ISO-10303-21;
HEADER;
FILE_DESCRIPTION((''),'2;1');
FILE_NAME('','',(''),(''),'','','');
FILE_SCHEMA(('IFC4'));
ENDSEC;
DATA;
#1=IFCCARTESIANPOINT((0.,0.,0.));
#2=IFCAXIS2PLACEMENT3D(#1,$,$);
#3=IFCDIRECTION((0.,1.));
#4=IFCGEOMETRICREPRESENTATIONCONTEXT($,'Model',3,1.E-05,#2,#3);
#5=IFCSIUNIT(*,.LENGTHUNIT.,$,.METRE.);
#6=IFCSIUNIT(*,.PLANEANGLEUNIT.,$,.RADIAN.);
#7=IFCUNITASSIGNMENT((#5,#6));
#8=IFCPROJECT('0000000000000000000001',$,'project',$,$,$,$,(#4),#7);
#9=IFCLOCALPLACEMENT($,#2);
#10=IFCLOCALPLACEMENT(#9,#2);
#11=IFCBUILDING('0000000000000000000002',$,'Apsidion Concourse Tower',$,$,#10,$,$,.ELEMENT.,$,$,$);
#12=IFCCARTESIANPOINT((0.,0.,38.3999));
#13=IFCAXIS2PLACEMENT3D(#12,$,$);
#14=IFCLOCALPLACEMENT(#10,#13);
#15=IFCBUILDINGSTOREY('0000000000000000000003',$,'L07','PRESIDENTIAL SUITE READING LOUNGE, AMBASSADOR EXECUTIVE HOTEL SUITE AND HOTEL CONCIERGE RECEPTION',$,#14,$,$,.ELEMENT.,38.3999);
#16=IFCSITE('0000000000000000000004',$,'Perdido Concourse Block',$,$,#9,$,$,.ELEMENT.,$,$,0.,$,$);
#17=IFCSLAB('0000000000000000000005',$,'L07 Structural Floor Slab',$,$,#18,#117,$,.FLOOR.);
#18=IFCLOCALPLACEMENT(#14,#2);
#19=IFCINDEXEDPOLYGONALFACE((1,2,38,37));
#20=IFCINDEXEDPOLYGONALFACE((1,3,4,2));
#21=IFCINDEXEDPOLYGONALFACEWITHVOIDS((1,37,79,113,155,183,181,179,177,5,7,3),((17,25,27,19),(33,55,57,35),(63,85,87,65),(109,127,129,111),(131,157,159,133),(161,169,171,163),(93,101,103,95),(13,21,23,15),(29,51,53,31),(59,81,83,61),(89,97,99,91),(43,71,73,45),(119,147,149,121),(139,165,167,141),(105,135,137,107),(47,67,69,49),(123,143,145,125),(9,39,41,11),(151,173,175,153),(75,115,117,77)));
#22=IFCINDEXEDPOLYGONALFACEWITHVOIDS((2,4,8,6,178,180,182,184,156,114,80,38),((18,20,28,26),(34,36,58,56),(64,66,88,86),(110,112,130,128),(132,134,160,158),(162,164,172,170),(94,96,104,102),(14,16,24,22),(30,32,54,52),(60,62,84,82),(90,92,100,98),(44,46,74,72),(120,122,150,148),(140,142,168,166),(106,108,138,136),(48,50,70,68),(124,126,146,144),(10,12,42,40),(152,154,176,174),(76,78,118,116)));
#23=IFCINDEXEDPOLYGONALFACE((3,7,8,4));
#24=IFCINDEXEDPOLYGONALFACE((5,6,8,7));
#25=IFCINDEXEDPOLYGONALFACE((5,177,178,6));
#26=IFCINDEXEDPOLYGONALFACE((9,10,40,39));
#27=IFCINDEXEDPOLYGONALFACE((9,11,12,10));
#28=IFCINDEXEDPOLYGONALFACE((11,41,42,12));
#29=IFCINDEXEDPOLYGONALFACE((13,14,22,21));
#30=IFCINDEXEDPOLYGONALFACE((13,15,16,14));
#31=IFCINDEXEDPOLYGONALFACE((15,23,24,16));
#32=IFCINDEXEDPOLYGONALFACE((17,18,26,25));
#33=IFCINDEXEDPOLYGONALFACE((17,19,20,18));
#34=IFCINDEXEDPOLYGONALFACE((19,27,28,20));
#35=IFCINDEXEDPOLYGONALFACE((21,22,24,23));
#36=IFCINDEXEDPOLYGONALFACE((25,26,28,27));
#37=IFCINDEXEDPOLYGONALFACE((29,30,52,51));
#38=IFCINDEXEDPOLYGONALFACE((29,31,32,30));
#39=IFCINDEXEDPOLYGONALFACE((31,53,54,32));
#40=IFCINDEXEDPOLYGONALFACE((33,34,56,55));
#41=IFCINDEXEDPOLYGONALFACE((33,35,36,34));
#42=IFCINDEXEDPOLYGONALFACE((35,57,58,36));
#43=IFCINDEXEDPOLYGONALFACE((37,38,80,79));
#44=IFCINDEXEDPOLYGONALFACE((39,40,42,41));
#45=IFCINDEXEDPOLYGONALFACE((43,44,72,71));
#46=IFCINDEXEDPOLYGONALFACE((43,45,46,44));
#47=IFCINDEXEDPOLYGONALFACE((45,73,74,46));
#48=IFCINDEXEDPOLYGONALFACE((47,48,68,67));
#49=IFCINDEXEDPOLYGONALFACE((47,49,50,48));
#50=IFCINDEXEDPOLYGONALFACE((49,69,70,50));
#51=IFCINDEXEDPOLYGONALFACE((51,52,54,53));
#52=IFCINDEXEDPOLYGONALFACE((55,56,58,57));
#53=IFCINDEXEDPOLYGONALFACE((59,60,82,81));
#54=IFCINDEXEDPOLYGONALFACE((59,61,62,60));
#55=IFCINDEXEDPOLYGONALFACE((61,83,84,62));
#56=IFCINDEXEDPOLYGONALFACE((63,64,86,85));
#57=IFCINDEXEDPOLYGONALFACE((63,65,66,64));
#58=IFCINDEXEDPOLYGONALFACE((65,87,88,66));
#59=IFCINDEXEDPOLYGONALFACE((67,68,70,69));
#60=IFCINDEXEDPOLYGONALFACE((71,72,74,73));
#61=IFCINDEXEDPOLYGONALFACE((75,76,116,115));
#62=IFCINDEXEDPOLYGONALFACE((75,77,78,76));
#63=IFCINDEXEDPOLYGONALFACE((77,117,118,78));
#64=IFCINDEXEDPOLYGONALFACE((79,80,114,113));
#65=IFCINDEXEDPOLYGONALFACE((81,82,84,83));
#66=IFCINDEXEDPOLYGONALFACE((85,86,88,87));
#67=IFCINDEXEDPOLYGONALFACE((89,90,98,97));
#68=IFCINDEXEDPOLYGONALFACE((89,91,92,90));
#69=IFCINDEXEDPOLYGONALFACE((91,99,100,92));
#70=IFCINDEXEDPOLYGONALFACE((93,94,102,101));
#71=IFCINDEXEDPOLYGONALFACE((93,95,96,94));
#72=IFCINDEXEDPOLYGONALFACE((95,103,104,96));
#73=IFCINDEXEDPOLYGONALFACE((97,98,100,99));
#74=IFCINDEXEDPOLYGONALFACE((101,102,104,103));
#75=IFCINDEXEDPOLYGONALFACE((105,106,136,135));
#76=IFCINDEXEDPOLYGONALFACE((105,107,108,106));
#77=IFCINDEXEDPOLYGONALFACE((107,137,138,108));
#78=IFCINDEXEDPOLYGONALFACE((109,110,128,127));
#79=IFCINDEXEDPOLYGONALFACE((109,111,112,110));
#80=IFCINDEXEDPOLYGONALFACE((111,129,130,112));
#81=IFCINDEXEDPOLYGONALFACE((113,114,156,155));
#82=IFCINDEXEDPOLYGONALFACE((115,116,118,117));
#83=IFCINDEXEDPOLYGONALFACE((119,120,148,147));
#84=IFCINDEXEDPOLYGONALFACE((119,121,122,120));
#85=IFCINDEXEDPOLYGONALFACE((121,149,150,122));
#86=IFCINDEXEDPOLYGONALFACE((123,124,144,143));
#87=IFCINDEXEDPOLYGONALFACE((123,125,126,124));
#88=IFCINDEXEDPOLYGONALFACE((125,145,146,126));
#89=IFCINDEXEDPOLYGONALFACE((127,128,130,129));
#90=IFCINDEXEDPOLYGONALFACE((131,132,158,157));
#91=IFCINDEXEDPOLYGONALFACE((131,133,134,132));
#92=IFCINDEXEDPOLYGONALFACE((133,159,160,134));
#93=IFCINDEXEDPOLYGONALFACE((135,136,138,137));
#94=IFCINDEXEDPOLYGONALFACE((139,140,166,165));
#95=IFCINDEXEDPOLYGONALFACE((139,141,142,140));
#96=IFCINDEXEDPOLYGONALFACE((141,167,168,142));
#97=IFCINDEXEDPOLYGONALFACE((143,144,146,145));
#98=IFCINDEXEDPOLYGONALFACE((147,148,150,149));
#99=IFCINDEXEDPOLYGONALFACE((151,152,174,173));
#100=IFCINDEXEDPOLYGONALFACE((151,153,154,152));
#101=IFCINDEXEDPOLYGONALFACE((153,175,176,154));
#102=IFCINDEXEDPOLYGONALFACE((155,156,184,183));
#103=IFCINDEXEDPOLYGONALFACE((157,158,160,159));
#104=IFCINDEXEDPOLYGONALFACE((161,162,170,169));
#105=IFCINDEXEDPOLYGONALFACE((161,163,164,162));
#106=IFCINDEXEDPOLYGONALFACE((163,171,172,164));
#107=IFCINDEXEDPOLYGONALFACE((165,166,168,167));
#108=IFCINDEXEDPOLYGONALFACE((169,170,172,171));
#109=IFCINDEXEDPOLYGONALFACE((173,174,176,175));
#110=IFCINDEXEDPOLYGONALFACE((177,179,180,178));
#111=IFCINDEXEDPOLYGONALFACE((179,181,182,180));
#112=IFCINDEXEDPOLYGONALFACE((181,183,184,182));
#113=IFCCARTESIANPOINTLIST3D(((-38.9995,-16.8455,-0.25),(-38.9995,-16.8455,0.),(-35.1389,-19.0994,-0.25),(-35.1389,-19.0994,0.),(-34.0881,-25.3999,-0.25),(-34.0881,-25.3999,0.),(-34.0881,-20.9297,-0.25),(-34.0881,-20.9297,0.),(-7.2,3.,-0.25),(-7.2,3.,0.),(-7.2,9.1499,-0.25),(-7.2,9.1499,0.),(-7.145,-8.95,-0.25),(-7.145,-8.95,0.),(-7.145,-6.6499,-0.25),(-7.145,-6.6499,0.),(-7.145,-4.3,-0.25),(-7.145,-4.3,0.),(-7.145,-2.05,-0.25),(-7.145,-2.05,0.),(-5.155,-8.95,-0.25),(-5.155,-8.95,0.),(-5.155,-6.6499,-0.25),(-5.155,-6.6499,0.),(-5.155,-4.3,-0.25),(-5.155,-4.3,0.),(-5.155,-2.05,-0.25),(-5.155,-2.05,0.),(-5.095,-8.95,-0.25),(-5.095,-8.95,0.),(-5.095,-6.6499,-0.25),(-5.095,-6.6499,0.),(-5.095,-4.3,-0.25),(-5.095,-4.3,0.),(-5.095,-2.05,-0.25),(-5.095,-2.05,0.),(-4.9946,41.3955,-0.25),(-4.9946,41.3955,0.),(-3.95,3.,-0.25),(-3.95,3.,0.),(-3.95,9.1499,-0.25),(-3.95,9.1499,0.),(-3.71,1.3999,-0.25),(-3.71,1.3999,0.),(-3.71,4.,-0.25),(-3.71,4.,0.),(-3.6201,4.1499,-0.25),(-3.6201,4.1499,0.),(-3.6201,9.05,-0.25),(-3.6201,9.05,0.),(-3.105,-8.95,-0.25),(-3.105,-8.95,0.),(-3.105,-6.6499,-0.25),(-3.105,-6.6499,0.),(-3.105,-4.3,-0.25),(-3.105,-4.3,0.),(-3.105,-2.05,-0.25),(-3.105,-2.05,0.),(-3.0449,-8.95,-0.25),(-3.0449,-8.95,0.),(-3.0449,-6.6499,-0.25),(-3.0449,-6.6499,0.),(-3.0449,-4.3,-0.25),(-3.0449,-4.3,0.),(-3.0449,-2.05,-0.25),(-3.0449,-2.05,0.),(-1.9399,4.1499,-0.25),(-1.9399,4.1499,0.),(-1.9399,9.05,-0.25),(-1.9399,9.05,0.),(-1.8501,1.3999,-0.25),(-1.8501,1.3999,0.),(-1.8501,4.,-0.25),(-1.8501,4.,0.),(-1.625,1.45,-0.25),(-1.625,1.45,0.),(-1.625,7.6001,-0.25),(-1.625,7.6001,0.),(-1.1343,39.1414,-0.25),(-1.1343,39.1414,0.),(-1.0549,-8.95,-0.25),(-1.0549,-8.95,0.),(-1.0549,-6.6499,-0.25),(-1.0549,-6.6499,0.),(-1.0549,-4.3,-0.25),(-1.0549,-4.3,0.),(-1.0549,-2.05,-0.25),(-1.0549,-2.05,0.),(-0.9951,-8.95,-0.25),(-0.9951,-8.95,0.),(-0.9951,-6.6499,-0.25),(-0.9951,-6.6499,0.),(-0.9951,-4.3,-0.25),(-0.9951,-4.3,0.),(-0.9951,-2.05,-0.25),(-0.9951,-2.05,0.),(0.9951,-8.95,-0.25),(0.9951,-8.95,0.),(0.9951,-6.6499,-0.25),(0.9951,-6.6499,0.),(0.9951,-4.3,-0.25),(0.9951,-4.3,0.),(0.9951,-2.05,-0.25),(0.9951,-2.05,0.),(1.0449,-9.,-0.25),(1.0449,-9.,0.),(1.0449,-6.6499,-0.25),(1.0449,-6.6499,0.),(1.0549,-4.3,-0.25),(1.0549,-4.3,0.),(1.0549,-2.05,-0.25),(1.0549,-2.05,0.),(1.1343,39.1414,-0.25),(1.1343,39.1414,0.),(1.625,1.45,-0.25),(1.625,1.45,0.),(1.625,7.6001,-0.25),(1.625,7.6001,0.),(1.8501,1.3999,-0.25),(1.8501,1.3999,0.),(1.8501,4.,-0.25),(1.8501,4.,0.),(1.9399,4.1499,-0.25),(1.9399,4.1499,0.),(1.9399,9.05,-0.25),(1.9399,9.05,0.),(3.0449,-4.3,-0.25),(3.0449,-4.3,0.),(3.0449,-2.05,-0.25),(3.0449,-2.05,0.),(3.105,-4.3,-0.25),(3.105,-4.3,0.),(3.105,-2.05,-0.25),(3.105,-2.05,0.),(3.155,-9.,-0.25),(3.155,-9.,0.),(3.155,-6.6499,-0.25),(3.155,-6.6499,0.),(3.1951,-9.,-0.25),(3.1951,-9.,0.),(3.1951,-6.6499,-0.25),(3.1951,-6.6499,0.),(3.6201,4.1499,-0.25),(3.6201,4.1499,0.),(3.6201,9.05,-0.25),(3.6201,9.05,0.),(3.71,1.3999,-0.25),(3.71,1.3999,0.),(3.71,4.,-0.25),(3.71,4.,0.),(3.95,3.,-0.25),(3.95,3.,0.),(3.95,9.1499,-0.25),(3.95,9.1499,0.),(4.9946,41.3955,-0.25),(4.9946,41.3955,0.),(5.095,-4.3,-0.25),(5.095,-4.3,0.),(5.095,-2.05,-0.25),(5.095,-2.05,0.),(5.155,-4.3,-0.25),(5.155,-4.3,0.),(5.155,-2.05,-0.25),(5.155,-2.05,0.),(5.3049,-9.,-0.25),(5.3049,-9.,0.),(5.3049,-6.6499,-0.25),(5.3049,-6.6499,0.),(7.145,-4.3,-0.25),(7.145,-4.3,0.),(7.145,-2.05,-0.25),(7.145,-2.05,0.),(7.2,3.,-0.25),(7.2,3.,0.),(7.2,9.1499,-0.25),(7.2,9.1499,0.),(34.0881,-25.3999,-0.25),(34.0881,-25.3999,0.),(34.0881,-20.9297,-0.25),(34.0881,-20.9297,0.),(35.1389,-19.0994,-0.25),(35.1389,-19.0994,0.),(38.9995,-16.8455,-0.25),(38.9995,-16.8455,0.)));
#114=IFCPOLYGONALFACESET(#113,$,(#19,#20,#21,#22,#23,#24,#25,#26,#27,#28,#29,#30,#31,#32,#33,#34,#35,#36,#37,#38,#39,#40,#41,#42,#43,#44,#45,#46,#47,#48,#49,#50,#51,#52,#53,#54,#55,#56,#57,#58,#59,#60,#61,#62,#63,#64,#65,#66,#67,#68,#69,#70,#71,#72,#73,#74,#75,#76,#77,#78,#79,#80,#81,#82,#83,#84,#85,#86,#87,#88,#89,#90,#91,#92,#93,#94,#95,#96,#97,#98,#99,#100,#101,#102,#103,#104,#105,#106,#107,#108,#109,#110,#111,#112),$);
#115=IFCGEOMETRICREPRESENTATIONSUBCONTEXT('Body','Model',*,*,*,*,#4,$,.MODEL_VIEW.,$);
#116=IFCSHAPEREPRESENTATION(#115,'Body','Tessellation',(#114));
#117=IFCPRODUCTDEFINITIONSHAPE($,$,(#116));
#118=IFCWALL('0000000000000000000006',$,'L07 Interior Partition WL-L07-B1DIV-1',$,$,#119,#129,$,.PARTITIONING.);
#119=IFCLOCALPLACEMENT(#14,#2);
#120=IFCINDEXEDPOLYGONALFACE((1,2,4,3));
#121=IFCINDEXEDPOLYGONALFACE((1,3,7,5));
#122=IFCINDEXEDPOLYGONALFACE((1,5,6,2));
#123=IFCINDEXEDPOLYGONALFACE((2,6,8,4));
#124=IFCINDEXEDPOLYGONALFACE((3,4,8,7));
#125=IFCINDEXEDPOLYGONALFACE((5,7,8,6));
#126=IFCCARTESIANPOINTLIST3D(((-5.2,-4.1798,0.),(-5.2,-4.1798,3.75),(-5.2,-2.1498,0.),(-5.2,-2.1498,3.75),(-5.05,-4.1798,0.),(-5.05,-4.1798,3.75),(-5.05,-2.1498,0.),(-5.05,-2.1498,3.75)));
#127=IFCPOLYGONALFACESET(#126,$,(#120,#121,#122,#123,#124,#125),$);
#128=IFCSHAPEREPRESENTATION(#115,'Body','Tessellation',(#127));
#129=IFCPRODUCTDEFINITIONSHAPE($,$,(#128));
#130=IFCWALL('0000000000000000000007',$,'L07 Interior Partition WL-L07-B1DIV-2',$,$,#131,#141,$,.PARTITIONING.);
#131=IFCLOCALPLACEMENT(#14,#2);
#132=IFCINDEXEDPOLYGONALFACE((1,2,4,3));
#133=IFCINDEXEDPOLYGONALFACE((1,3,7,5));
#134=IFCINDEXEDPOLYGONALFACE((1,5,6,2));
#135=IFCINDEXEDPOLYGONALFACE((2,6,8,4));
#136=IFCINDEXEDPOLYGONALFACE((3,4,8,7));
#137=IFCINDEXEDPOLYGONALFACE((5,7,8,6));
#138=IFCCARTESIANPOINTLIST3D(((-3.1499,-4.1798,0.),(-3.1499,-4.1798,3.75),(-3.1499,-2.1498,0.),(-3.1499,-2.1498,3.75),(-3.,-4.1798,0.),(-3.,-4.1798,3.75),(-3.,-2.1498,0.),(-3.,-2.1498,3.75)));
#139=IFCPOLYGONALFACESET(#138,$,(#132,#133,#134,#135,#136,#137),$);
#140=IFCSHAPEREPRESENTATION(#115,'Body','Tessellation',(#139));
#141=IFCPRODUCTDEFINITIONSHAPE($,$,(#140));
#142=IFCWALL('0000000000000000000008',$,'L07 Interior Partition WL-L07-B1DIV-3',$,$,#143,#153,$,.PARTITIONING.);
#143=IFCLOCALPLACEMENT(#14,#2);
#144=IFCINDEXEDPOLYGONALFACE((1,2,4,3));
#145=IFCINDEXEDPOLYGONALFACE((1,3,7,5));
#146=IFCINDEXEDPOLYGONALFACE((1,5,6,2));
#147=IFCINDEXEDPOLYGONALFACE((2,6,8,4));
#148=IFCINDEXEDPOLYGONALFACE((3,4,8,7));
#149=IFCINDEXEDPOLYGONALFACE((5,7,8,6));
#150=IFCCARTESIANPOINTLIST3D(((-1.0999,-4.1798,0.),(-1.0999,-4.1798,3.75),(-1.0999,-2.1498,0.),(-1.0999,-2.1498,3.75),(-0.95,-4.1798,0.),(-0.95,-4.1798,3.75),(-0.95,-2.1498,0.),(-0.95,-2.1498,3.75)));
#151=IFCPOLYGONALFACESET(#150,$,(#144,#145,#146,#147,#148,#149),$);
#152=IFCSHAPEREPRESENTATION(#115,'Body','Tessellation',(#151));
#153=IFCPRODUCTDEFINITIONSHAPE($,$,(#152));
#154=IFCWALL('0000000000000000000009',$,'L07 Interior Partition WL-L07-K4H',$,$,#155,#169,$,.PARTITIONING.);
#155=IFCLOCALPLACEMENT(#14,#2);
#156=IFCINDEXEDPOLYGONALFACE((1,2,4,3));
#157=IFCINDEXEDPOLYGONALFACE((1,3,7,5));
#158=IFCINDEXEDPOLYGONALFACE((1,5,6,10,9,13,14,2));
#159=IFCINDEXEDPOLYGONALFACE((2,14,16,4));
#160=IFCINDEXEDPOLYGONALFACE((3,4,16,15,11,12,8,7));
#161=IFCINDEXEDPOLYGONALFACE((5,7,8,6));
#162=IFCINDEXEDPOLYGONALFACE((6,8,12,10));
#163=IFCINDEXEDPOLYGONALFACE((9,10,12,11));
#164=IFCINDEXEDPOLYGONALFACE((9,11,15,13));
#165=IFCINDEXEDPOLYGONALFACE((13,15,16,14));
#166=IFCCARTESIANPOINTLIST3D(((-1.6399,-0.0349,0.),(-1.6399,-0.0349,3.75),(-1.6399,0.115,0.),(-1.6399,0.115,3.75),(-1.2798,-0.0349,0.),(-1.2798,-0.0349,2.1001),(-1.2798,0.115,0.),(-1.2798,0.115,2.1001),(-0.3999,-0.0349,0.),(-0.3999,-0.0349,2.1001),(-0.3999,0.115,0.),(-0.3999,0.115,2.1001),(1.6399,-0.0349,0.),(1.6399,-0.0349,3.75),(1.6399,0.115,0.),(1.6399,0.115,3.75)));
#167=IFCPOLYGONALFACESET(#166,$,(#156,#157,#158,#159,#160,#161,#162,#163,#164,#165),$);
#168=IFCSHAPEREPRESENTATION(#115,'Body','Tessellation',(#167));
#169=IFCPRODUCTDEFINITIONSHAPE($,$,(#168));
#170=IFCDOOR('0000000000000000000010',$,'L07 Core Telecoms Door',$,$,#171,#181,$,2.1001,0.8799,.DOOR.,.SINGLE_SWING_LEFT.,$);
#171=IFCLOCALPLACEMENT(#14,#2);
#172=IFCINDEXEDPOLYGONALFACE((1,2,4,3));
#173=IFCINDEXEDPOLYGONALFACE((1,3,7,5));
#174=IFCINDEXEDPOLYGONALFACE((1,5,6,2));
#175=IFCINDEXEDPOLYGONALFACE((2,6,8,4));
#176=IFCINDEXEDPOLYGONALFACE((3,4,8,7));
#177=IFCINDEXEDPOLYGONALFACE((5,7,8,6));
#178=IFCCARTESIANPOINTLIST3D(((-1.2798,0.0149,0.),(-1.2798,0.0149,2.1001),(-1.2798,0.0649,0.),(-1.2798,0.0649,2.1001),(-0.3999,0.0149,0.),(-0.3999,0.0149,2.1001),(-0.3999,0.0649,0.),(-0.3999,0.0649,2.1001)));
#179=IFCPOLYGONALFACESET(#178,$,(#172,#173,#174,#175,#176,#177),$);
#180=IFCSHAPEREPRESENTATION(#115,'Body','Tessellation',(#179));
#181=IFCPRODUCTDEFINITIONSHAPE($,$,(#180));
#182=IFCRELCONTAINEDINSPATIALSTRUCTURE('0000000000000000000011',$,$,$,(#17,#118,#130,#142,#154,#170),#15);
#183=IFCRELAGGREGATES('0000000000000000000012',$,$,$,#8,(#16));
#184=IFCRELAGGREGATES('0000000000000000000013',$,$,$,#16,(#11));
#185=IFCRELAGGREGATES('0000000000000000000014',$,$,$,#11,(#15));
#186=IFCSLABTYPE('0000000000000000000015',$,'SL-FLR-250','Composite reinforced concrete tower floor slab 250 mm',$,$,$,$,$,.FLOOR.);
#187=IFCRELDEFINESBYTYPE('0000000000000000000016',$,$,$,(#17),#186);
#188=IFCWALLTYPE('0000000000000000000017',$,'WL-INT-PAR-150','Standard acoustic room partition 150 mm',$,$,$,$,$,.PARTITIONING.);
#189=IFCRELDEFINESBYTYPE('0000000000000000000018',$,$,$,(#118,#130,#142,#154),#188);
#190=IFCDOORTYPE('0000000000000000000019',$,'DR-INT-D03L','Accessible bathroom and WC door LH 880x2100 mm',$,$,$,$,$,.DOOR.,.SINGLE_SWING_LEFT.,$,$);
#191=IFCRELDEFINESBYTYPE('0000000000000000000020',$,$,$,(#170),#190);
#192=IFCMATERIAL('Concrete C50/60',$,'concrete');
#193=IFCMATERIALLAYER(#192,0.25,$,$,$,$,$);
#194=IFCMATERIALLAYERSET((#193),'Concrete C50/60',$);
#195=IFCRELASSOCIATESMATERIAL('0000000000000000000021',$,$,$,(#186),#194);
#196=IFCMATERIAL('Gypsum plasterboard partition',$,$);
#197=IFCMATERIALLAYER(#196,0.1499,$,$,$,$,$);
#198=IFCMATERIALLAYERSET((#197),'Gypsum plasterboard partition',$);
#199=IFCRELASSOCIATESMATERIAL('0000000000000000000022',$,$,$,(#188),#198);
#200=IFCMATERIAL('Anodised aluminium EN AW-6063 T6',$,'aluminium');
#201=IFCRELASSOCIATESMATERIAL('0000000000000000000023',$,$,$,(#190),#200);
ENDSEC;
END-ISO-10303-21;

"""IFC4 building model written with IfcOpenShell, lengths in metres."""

from ifc_helpers import new_model, si_unit, direction, frame, frame_2d, origin, place, context, subcontext, project, spatial, polyline, rectangle, outline, extrude, material, layer, layer_set, type_object, element, fill, save


model = new_model("IFC4")

# Units and contexts
model_context = context("Model", 3, precision=1e-05, world=origin(), true_north=direction((0.0, 1.0)))
body_context = subcontext(model_context, "Body", "Model", "MODEL_VIEW")
ifc_project = project(units=[si_unit("LENGTHUNIT", "METRE"), si_unit("PLANEANGLEUNIT", "RADIAN")], contexts=[model_context])

# Site, building, storey
site_placement = place(None, origin())
site = spatial("IfcSite", under=ifc_project, at=site_placement, Name="Perdido Concourse Block", CompositionType="ELEMENT", RefElevation=0.0)
building_placement = place(site_placement, origin())
building = spatial("IfcBuilding", under=site, at=building_placement, Name="Apsidion Concourse Tower", CompositionType="ELEMENT")
storey_placement = place(building_placement, frame((0.0, 0.0, 38.3999)))
storey = spatial("IfcBuildingStorey", under=building, at=storey_placement, Name="L07", Description="PRESIDENTIAL SUITE READING LOUNGE, AMBASSADOR EXECUTIVE HOTEL SUITE AND HOTEL CONCIERGE RECEPTION", CompositionType="ELEMENT", Elevation=38.3999)

# Slab
ifc_material_1 = material(Name="Concrete C50/60", Category="concrete")
ifc_layer_1 = layer(ifc_material_1, 0.25)
ifc_layer_set_1 = layer_set([ifc_layer_1], Name="Concrete C50/60")
slab_type_1 = type_object("IfcSlabType", Name="SL-FLR-250", Description="Composite reinforced concrete tower floor slab 250 mm", PredefinedType="FLOOR", material=ifc_layer_set_1)
slab_1_placement = place(storey_placement, frame((0.0, 0.0, -0.25)))
element("IfcSlab", 1, at=slab_1_placement, inside=storey, type_object=slab_type_1, Name="L07 Structural Floor Slab", PredefinedType="FLOOR", context=body_context, shape_type="SweptSolid", body=[
    extrude(outline(polyline([(4.9946, 41.3955), (1.1343, 39.1414), (-1.1343, 39.1414), (-4.9946, 41.3955), (-38.9995, -16.8455), (-35.1389, -19.0994), (-34.0881, -20.9297), (-34.0881, -25.3999), (34.0881, -25.3999), (34.0881, -20.9297), (35.1389, -19.0994), (38.9995, -16.8455), (4.9946, 41.3955)]), holes=[polyline([(-3.95, 3.0), (-3.95, 9.1499), (-7.2, 9.1499), (-7.2, 3.0), (-3.95, 3.0)]), polyline([(7.2, 3.0), (7.2, 9.1499), (3.95, 9.1499), (3.95, 3.0), (7.2, 3.0)]), polyline([(-1.625, 7.6001), (-1.625, 1.45), (1.625, 1.45), (1.625, 7.6001), (-1.625, 7.6001)]), polyline([(-7.145, -4.3), (-5.155, -4.3), (-5.155, -2.05), (-7.145, -2.05), (-7.145, -4.3)]), polyline([(-5.095, -4.3), (-3.105, -4.3), (-3.105, -2.05), (-5.095, -2.05), (-5.095, -4.3)]), polyline([(-3.0449, -4.3), (-1.0549, -4.3), (-1.0549, -2.05), (-3.0449, -2.05), (-3.0449, -4.3)]), polyline([(-0.9951, -4.3), (0.9951, -4.3), (0.9951, -2.05), (-0.9951, -2.05), (-0.9951, -4.3)]), polyline([(1.0549, -4.3), (3.0449, -4.3), (3.0449, -2.05), (1.0549, -2.05), (1.0549, -4.3)]), polyline([(3.105, -4.3), (5.095, -4.3), (5.095, -2.05), (3.105, -2.05), (3.105, -4.3)]), polyline([(5.155, -4.3), (7.145, -4.3), (7.145, -2.05), (5.155, -2.05), (5.155, -4.3)]), polyline([(-7.145, -8.95), (-5.155, -8.95), (-5.155, -6.6499), (-7.145, -6.6499), (-7.145, -8.95)]), polyline([(-5.095, -8.95), (-3.105, -8.95), (-3.105, -6.6499), (-5.095, -6.6499), (-5.095, -8.95)]), polyline([(-3.0449, -8.95), (-1.0549, -8.95), (-1.0549, -6.6499), (-3.0449, -6.6499), (-3.0449, -8.95)]), polyline([(-0.9951, -8.95), (0.9951, -8.95), (0.9951, -6.6499), (-0.9951, -6.6499), (-0.9951, -8.95)]), polyline([(1.0449, -9.0), (3.155, -9.0), (3.155, -6.6499), (1.0449, -6.6499), (1.0449, -9.0)]), polyline([(3.1951, -9.0), (5.3049, -9.0), (5.3049, -6.6499), (3.1951, -6.6499), (3.1951, -9.0)]), polyline([(-3.71, 1.3999), (-1.8501, 1.3999), (-1.8501, 4.0), (-3.71, 4.0), (-3.71, 1.3999)]), polyline([(1.8501, 1.3999), (3.71, 1.3999), (3.71, 4.0), (1.8501, 4.0), (1.8501, 1.3999)]), polyline([(-3.6201, 4.1499), (-1.9399, 4.1499), (-1.9399, 9.05), (-3.6201, 9.05), (-3.6201, 4.1499)]), polyline([(1.9399, 4.1499), (3.6201, 4.1499), (3.6201, 9.05), (1.9399, 9.05), (1.9399, 4.1499)])]), origin(), (0.0, 0.0, 1.0), 0.25),
])

# Walls
ifc_material_2 = material(Name="Gypsum plasterboard partition")
ifc_layer_2 = layer(ifc_material_2, 0.1499)
ifc_layer_set_2 = layer_set([ifc_layer_2], Name="Gypsum plasterboard partition")
wall_type_1 = type_object("IfcWallType", Name="WL-INT-PAR-150", Description="Standard acoustic room partition 150 mm", PredefinedType="PARTITIONING", material=ifc_layer_set_2)
for number, where, z_axis, x_axis, name in (
    (2, (-5.125, -4.1799, 0.0), (0.0, 0.0, 1.0), (0.0, 1.0, 0.0), "L07 Interior Partition WL-L07-B1DIV-1"),
    (3, (-3.075, -4.1799, 0.0), (0.0, 0.0, 1.0), (0.0, 1.0, 0.0), "L07 Interior Partition WL-L07-B1DIV-2"),
    (4, (-1.0249, -4.1799, 0.0), (0.0, 0.0, 1.0), (0.0, 1.0, 0.0), "L07 Interior Partition WL-L07-B1DIV-3"),
):
    element("IfcWall", number, at=place(storey_placement, frame(where, z_axis=z_axis, x_axis=x_axis)), inside=storey, type_object=wall_type_1, Name=name, PredefinedType="PARTITIONING", context=body_context, shape_type="SweptSolid", body=[
        extrude(rectangle(XDim=2.03, YDim=0.1499, at=frame_2d((1.0151, 0.0))), origin(), (0.0, 0.0, 1.0), 3.75),
    ])

# Wall, opening, door
wall_1_placement = place(storey_placement, frame((-1.6399, 0.04, 0.0), z_axis=(0.0, 0.0, 1.0), x_axis=(1.0, 0.0, 0.0)))
wall_1 = element("IfcWall", 5, at=wall_1_placement, inside=storey, type_object=wall_type_1, Name="L07 Interior Partition WL-L07-K4H", PredefinedType="PARTITIONING", context=body_context, shape_type="SweptSolid", body=[
    extrude(rectangle(XDim=3.2798, YDim=0.1499, at=frame_2d((1.6399, 0.0))), origin(), (0.0, 0.0, 1.0), 3.75),
])
opening_1_placement = place(wall_1_placement, frame((0.3601, 0.0, 0.0)))
opening_1 = element("IfcOpeningElement", 6, at=opening_1_placement, cuts=wall_1, PredefinedType="OPENING", context=body_context, shape_type="SweptSolid", body=[
    extrude(rectangle(XDim=0.8799, YDim=2.1001, at=frame_2d((0.4399, 1.05))), frame((0.0, 0.085, 0.0), z_axis=(0.0, -1.0, 0.0), x_axis=(1.0, 0.0, 0.0)), (0.0, 0.0, 1.0), 0.1699),
])
ifc_material_3 = material(Name="Anodised aluminium EN AW-6063 T6", Category="aluminium")
door_type_1 = type_object("IfcDoorType", Name="DR-INT-D03L", Description="Accessible bathroom and WC door LH 880x2100 mm", OperationType="SINGLE_SWING_LEFT", PredefinedType="DOOR", material=ifc_material_3)
door_1_placement = place(opening_1_placement, origin())
door_1 = element("IfcDoor", 7, at=door_1_placement, inside=storey, type_object=door_type_1, Name="L07 Core Telecoms Door", OperationType="SINGLE_SWING_LEFT", OverallHeight=2.1001, OverallWidth=0.8799, PredefinedType="DOOR", context=body_context, shape_type="SweptSolid", body=[
    extrude(rectangle(XDim=0.8799, YDim=2.1001, at=frame_2d((0.4399, 1.05))), frame((0.0, 0.0249, 0.0), z_axis=(0.0, -1.0, 0.0), x_axis=(1.0, 0.0, 0.0)), (0.0, 0.0, 1.0), 0.05),
])
fill(opening_1, door_1)

save(model, "model.ifc")
